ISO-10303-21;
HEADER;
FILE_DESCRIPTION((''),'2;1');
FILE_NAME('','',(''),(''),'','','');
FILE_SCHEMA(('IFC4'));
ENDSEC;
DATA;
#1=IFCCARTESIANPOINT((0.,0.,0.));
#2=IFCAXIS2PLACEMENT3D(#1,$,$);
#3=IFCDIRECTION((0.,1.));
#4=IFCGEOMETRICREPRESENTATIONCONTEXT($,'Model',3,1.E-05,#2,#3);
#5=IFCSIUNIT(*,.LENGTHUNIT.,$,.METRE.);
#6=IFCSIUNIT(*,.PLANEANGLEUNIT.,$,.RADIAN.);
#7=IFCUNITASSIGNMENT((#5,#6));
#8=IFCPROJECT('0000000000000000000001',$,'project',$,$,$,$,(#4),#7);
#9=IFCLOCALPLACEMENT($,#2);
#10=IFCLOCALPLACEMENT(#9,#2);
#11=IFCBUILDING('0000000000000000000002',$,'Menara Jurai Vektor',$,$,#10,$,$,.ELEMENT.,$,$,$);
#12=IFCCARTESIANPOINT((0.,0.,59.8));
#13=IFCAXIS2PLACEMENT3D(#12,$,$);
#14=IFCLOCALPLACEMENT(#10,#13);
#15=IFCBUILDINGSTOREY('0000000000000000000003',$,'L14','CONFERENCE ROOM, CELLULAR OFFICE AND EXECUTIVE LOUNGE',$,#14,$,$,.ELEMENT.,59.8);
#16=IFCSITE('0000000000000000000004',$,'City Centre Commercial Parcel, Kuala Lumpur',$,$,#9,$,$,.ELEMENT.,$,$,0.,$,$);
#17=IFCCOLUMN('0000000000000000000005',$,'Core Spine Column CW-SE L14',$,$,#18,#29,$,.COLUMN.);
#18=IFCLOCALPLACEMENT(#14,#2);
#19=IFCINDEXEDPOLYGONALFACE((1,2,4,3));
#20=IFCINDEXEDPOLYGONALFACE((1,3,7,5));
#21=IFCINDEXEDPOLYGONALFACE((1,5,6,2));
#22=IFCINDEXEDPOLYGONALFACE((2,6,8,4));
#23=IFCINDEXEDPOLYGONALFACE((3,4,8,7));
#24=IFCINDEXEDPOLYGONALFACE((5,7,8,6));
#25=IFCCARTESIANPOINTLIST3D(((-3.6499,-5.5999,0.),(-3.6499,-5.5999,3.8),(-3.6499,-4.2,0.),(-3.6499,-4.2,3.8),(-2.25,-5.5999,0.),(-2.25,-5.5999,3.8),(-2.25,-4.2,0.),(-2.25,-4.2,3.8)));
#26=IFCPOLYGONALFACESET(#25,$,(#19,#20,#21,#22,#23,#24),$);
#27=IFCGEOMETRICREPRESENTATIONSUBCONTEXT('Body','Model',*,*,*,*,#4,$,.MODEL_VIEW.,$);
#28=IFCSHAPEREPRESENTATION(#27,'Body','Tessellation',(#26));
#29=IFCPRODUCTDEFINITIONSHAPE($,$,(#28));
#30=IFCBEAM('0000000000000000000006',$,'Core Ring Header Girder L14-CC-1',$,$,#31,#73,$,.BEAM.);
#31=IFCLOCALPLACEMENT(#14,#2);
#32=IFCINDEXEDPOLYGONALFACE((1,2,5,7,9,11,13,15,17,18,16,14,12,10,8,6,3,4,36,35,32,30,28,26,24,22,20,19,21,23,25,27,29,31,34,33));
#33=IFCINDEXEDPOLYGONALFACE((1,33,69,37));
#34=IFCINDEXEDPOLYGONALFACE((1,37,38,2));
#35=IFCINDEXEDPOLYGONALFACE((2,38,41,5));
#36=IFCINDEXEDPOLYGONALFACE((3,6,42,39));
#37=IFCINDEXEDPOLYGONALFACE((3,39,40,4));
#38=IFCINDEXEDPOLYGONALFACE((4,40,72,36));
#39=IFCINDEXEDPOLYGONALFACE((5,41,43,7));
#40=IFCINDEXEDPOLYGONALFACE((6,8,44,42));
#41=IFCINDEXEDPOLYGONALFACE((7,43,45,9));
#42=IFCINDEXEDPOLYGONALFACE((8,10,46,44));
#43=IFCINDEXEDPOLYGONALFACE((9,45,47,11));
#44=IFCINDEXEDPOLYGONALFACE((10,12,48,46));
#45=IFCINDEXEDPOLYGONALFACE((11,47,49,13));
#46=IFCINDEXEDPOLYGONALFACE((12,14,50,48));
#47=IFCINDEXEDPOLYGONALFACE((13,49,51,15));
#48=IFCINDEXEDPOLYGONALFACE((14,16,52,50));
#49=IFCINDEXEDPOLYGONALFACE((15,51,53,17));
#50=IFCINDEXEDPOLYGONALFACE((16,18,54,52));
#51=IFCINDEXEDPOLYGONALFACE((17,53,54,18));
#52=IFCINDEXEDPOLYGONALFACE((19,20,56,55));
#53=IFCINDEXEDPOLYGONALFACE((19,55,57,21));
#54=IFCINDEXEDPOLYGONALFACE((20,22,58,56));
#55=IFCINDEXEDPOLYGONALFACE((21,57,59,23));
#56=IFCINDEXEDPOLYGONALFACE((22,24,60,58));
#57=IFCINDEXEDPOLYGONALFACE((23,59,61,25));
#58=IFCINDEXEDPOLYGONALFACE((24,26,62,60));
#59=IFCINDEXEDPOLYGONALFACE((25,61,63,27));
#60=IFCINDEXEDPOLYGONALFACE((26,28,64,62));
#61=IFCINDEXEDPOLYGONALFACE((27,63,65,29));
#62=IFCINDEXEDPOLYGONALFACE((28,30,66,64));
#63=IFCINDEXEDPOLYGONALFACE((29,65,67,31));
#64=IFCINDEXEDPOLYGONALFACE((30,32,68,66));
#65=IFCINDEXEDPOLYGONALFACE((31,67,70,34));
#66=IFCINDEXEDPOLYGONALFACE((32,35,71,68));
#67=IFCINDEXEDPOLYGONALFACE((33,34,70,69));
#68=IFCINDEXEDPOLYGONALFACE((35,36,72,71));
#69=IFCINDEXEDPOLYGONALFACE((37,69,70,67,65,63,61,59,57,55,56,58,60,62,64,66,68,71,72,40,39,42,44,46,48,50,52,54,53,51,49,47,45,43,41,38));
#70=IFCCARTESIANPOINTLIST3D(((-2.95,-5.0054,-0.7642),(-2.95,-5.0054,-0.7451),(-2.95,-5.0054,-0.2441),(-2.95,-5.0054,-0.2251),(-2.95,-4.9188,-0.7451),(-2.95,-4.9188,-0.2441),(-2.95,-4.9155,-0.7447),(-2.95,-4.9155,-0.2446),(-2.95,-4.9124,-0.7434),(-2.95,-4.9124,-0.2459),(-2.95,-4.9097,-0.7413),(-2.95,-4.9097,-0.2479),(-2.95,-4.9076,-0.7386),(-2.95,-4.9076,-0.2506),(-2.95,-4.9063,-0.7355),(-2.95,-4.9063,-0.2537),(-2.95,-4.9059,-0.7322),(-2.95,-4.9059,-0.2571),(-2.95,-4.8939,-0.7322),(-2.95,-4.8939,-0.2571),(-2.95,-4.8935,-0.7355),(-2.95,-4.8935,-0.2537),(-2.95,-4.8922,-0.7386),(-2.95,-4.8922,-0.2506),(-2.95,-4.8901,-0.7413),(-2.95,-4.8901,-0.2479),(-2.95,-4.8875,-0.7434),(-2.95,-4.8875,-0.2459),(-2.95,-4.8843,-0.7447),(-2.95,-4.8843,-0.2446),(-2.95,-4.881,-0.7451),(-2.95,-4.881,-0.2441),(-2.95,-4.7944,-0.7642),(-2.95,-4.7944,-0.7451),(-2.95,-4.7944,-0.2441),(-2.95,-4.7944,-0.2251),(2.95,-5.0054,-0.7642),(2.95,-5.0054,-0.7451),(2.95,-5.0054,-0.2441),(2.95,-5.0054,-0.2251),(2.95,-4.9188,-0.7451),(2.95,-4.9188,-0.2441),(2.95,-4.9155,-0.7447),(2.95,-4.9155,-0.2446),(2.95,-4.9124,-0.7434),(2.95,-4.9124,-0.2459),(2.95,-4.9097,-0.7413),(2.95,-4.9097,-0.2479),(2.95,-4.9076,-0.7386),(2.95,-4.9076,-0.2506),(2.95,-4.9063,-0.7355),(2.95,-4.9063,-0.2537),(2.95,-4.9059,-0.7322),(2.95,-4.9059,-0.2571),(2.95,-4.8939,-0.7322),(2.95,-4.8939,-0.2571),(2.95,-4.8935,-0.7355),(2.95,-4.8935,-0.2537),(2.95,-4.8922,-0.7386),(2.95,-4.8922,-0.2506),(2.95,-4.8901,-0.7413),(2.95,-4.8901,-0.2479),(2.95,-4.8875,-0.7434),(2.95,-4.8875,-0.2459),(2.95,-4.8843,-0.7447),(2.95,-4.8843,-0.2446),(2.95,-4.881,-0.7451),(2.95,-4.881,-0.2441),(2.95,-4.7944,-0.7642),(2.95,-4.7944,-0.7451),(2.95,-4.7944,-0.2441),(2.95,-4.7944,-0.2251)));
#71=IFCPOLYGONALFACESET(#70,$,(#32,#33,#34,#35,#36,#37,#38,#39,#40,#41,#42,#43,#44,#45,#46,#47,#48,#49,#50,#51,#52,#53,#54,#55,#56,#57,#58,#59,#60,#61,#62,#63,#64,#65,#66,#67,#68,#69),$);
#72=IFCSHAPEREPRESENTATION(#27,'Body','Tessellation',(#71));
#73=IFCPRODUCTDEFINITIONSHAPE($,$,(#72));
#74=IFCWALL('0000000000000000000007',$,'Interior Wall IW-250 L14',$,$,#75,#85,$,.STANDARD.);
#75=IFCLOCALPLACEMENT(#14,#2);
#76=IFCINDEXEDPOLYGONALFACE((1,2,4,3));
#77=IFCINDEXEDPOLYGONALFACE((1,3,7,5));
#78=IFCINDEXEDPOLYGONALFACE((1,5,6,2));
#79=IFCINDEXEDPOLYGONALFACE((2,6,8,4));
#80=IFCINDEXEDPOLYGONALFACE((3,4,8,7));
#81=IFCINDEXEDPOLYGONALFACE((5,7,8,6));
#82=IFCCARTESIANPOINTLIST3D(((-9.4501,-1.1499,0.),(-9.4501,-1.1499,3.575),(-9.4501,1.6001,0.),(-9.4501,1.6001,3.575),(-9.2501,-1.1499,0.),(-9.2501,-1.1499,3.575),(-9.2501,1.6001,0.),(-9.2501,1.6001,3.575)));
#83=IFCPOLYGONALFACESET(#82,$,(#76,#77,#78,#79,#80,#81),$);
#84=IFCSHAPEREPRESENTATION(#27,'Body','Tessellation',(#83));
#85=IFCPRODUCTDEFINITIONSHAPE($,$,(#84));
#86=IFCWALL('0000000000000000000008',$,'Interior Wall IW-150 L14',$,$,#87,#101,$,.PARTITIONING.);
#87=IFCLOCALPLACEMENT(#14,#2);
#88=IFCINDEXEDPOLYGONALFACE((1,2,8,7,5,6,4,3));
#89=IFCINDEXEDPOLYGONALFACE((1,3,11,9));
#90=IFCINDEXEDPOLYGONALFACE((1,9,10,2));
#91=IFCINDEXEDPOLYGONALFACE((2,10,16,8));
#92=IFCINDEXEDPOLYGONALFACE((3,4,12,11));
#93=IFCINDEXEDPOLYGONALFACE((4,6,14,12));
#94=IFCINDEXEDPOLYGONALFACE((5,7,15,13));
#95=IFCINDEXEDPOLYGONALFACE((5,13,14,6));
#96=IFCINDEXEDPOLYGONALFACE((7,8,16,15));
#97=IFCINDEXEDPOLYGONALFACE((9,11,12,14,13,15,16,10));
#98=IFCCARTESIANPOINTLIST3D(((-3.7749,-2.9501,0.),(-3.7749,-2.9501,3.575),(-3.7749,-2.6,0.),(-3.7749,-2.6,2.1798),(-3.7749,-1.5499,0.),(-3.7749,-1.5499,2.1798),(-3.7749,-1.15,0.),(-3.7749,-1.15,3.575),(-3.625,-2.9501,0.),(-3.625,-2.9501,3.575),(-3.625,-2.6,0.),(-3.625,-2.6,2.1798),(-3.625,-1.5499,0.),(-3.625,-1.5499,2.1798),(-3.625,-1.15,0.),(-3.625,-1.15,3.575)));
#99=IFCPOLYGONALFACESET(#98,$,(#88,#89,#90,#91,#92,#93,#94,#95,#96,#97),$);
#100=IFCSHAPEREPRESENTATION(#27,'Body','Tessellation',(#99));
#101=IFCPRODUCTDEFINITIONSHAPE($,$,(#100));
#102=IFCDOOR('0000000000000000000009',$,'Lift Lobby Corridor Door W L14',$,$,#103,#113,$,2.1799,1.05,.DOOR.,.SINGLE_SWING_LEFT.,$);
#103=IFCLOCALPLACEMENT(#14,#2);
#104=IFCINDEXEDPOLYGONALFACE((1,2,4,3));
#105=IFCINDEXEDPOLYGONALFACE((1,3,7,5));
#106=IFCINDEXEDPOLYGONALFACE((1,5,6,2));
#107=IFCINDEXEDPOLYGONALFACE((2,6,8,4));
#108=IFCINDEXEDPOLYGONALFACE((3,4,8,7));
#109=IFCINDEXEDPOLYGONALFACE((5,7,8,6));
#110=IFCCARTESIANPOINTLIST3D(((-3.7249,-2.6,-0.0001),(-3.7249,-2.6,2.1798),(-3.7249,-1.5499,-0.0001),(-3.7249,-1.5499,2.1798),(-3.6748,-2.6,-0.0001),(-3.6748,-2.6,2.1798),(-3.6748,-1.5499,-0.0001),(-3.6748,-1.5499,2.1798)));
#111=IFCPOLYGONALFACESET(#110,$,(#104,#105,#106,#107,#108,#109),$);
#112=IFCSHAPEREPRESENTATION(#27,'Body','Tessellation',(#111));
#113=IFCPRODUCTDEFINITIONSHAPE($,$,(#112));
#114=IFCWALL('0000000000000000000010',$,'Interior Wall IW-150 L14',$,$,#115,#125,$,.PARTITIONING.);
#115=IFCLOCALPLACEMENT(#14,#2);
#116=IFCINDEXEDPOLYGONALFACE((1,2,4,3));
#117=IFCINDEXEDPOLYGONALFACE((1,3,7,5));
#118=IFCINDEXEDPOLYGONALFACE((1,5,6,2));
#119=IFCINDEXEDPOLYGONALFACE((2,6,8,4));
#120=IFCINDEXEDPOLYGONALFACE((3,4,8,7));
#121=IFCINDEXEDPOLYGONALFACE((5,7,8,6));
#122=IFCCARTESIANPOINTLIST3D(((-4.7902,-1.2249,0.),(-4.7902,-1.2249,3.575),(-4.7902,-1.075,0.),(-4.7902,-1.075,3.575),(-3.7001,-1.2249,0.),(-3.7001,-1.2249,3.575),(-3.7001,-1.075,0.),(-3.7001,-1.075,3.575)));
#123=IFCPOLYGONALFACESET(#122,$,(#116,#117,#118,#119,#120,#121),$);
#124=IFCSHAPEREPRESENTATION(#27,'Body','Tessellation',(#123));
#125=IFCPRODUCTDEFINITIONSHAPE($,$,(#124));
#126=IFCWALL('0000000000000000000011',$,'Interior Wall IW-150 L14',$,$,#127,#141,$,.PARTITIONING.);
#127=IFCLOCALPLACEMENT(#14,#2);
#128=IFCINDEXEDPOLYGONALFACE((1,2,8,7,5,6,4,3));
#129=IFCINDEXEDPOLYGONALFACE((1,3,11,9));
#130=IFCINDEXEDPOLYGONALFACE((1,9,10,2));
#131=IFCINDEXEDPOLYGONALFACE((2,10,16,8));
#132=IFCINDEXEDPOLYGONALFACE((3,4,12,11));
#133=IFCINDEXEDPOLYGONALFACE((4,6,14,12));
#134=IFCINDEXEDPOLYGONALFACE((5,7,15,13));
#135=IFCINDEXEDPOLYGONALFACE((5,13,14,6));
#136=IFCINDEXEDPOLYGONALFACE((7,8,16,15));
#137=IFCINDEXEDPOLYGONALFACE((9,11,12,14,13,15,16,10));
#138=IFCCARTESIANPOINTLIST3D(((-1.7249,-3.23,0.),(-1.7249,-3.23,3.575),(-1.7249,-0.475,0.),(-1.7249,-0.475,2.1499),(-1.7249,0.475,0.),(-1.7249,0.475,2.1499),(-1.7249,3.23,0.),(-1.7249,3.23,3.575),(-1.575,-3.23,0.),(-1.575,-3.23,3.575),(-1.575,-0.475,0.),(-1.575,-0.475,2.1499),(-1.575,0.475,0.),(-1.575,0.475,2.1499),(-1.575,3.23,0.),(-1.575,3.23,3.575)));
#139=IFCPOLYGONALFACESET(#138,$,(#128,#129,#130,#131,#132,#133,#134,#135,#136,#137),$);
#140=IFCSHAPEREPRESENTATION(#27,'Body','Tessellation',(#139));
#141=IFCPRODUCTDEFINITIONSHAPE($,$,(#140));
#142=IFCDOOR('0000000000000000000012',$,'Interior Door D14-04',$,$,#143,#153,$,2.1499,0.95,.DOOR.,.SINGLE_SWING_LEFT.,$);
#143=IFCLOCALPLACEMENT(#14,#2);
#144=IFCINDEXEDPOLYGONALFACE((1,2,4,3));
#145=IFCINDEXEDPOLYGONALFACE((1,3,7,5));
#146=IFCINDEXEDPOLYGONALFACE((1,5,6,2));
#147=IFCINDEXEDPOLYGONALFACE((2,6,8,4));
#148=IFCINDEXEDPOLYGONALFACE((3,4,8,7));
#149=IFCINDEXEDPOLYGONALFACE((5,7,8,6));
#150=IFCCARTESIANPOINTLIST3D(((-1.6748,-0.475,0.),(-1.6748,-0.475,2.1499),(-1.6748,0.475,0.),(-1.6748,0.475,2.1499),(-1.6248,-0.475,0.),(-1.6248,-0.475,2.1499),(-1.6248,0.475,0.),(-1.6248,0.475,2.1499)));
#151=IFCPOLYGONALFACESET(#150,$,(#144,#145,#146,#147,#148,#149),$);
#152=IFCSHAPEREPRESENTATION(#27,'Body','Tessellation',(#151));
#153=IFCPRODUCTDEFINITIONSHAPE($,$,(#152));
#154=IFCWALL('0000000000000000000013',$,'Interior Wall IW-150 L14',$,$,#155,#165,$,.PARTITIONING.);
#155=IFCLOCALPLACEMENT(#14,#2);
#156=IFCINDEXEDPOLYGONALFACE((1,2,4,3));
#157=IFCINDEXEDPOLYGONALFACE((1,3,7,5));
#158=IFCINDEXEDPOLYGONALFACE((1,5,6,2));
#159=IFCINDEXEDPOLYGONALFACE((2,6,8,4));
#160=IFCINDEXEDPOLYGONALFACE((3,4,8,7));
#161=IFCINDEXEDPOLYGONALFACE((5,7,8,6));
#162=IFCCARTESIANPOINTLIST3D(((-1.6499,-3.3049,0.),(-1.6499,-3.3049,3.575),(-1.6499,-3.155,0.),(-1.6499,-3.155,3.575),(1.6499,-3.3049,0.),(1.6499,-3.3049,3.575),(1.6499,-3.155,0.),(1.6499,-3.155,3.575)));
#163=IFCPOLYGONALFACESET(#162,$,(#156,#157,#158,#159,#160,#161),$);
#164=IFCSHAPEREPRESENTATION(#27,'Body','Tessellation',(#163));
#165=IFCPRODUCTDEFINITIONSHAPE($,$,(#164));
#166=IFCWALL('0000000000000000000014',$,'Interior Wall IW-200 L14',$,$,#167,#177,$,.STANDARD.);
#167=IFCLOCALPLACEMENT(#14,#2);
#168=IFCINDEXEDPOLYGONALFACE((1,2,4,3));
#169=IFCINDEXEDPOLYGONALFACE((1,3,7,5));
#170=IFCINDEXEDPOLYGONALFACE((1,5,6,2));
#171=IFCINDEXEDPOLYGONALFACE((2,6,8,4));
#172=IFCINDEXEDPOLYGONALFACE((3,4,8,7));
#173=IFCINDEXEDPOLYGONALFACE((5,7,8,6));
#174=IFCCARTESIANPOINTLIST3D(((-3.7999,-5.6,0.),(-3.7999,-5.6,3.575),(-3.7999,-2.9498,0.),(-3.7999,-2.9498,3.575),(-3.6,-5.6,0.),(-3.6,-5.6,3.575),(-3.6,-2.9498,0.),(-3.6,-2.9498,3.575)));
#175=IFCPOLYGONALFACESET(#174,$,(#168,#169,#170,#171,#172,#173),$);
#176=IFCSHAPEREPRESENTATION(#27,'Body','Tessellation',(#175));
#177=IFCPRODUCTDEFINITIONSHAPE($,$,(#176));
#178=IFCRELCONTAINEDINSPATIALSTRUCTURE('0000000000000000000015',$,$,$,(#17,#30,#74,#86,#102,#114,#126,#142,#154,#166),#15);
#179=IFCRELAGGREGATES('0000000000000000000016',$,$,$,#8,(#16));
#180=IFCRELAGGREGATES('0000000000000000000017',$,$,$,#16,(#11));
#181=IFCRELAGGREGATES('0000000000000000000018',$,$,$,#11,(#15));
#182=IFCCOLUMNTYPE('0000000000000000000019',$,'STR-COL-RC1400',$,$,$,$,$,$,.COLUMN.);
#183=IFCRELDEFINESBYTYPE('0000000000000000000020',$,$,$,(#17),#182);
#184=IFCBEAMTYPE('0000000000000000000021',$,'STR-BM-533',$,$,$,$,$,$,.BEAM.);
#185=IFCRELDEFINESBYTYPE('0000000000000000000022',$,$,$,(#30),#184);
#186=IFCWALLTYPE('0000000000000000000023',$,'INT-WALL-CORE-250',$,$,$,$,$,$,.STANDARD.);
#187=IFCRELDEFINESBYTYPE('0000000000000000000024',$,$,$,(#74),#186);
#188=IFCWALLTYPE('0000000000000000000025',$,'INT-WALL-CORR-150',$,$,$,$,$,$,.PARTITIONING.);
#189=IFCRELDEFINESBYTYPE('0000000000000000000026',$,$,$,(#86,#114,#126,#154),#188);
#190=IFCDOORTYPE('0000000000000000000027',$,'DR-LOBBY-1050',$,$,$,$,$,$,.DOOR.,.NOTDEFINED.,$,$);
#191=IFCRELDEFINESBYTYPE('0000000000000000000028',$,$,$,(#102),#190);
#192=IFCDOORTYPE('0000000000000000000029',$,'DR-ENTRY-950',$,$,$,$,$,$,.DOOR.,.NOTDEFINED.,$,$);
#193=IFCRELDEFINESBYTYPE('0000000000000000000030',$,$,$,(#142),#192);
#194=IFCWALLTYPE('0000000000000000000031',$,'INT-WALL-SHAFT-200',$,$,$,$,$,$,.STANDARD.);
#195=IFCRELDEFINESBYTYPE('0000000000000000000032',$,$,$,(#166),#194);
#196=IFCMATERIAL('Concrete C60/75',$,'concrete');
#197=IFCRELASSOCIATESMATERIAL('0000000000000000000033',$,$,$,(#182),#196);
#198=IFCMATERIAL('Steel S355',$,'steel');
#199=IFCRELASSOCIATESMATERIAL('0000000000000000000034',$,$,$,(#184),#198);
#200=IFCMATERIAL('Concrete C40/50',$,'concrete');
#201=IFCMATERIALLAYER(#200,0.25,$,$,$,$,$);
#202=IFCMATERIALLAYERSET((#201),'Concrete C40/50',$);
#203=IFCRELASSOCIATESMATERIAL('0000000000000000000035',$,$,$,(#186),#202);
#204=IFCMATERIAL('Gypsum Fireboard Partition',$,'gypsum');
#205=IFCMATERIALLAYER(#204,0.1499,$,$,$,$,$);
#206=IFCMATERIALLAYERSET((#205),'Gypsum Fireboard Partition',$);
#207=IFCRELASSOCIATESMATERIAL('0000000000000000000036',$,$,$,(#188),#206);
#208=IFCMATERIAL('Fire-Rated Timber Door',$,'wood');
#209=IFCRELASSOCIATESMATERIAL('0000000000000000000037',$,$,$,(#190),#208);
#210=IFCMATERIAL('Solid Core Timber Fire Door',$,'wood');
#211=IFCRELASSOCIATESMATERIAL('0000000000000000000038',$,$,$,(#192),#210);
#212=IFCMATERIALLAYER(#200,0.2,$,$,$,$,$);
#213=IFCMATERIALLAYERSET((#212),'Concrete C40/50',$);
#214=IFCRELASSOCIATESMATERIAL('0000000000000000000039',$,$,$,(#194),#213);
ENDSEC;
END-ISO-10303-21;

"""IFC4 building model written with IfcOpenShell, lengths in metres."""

from ifc_helpers import new_model, si_unit, direction, frame, frame_2d, origin, origin_2d, place, context, subcontext, project, spatial, rectangle, i_section, extrude, material, layer, layer_set, material_profile, profile_set, type_object, element, fill, save


model = new_model("IFC4")

# Units and contexts
model_context = context("Model", 3, precision=1e-05, world=origin(), true_north=direction((0.0, 1.0)))
body_context = subcontext(model_context, "Body", "Model", "MODEL_VIEW")
ifc_project = project(units=[si_unit("LENGTHUNIT", "METRE"), si_unit("PLANEANGLEUNIT", "RADIAN")], contexts=[model_context])

# Site, building, storey
site_placement = place(None, origin())
site = spatial("IfcSite", under=ifc_project, at=site_placement, Name="City Centre Commercial Parcel, Kuala Lumpur", CompositionType="ELEMENT", RefElevation=0.0)
building_placement = place(site_placement, origin())
building = spatial("IfcBuilding", under=site, at=building_placement, Name="Menara Jurai Vektor", CompositionType="ELEMENT")
storey_placement = place(building_placement, frame((0.0, 0.0, 59.8)))
storey = spatial("IfcBuildingStorey", under=building, at=storey_placement, Name="L14", Description="CONFERENCE ROOM, CELLULAR OFFICE AND EXECUTIVE LOUNGE", CompositionType="ELEMENT", Elevation=59.8)

# Column
ifc_material_1 = material(Name="Concrete C60/75", Category="concrete")
ifc_material_profile_1 = material_profile(ifc_material_1, rectangle(XDim=1.3999, YDim=1.3999, at=origin_2d()), Name="RC 1400x1400")
ifc_profile_set_1 = profile_set([ifc_material_profile_1], Name="Concrete C60/75")
column_type = type_object("IfcColumnType", Name="STR-COL-RC1400", PredefinedType="COLUMN", material=ifc_profile_set_1)
column_placement = place(storey_placement, frame((-2.95, -4.8999, 0.0), z_axis=(0.0, 0.0, 1.0), x_axis=(1.0, 0.0, 0.0)))
element("IfcColumn", 1, at=column_placement, inside=storey, type_object=column_type, Name="Core Spine Column CW-SE L14", PredefinedType="COLUMN", context=body_context, shape_type="SweptSolid", body=[
    extrude(rectangle(XDim=1.3999, YDim=1.3999, at=origin_2d()), origin(), (0.0, 0.0, 1.0), 3.8),
])

# Beam
ifc_material_2 = material(Name="Steel S355", Category="steel")
ifc_material_profile_2 = material_profile(ifc_material_2, i_section(OverallWidth=0.2109, OverallDepth=0.5391, WebThickness=0.012, FlangeThickness=0.019, FilletRadius=0.0129, at=origin_2d()), Name="UKB 533x210x109")
ifc_profile_set_2 = profile_set([ifc_material_profile_2], Name="Steel S355")
beam_type = type_object("IfcBeamType", Name="STR-BM-533", PredefinedType="BEAM", material=ifc_profile_set_2)
beam_placement = place(storey_placement, frame((-2.95, -4.8999, -0.4946), z_axis=(1.0, 0.0, 0.0), x_axis=(0.0, 1.0, 0.0)))
element("IfcBeam", 2, at=beam_placement, inside=storey, type_object=beam_type, Name="Core Ring Header Girder L14-CC-1", PredefinedType="BEAM", context=body_context, shape_type="SweptSolid", body=[
    extrude(i_section(OverallWidth=0.2109, OverallDepth=0.5391, WebThickness=0.012, FlangeThickness=0.019, FilletRadius=0.0129, at=origin_2d()), origin(), (0.0, 0.0, 1.0), 5.8999),
])

# Wall
ifc_material_3 = material(Name="Concrete C40/50", Category="concrete")
ifc_layer_1 = layer(ifc_material_3, 0.25)
ifc_layer_set_1 = layer_set([ifc_layer_1], Name="Concrete C40/50")
wall_type_1 = type_object("IfcWallType", Name="INT-WALL-CORE-250", PredefinedType="STANDARD", material=ifc_layer_set_1)
wall_1_placement = place(storey_placement, frame((-9.3501, -1.1499, 0.0), z_axis=(0.0, 0.0, 1.0), x_axis=(0.0, 1.0, 0.0)))
element("IfcWall", 3, at=wall_1_placement, inside=storey, type_object=wall_type_1, Name="Interior Wall IW-250 L14", PredefinedType="STANDARD", context=body_context, shape_type="SweptSolid", body=[
    extrude(rectangle(XDim=2.75, YDim=0.2, at=frame_2d((1.375, 0.0))), origin(), (0.0, 0.0, 1.0), 3.575),
])

# Wall, opening, door
ifc_material_4 = material(Name="Gypsum Fireboard Partition", Category="gypsum")
ifc_layer_2 = layer(ifc_material_4, 0.1499)
ifc_layer_set_2 = layer_set([ifc_layer_2], Name="Gypsum Fireboard Partition")
wall_type_2 = type_object("IfcWallType", Name="INT-WALL-CORR-150", PredefinedType="PARTITIONING", material=ifc_layer_set_2)
wall_2_placement = place(storey_placement, frame((-3.7, -2.95, 0.0), z_axis=(0.0, 0.0, 1.0), x_axis=(0.0, 1.0, 0.0)))
wall_2 = element("IfcWall", 4, at=wall_2_placement, inside=storey, type_object=wall_type_2, Name="Interior Wall IW-150 L14", PredefinedType="PARTITIONING", context=body_context, shape_type="SweptSolid", body=[
    extrude(rectangle(XDim=1.8, YDim=0.1499, at=frame_2d((0.8999, 0.0))), origin(), (0.0, 0.0, 1.0), 3.575),
])
opening_1_placement = place(wall_2_placement, frame((0.3501, 0.0, 0.0)))
opening_1 = element("IfcOpeningElement", 5, at=opening_1_placement, cuts=wall_2, PredefinedType="OPENING", context=body_context, shape_type="SweptSolid", body=[
    extrude(rectangle(XDim=1.05, YDim=2.1799, at=frame_2d((0.5249, 1.0898))), frame((0.0, 0.085, 0.0), z_axis=(0.0, -1.0, 0.0), x_axis=(1.0, 0.0, 0.0)), (0.0, 0.0, 1.0), 0.1699),
])
ifc_material_5 = material(Name="Fire-Rated Timber Door", Category="wood")
door_type_1 = type_object("IfcDoorType", Name="DR-LOBBY-1050", OperationType="NOTDEFINED", PredefinedType="DOOR", material=ifc_material_5)
door_1_placement = place(opening_1_placement, origin())
door_1 = element("IfcDoor", 6, at=door_1_placement, inside=storey, type_object=door_type_1, Name="Lift Lobby Corridor Door W L14", OperationType="SINGLE_SWING_LEFT", OverallHeight=2.1799, OverallWidth=1.05, PredefinedType="DOOR", context=body_context, shape_type="SweptSolid", body=[
    extrude(rectangle(XDim=1.05, YDim=2.1799, at=frame_2d((0.5249, 1.0898))), frame((0.0, 0.0249, 0.0), z_axis=(0.0, -1.0, 0.0), x_axis=(1.0, 0.0, 0.0)), (0.0, 0.0, 1.0), 0.05),
])
fill(opening_1, door_1)

# Wall
wall_3_placement = place(storey_placement, frame((-4.79, -1.1499, 0.0), z_axis=(0.0, 0.0, 1.0), x_axis=(1.0, 0.0, 0.0)))
element("IfcWall", 7, at=wall_3_placement, inside=storey, type_object=wall_type_2, Name="Interior Wall IW-150 L14", PredefinedType="PARTITIONING", context=body_context, shape_type="SweptSolid", body=[
    extrude(rectangle(XDim=1.0901, YDim=0.1499, at=frame_2d((0.5449, 0.0))), origin(), (0.0, 0.0, 1.0), 3.575),
])

# Wall, opening, door
wall_4_placement = place(storey_placement, frame((-1.6499, -3.23, 0.0), z_axis=(0.0, 0.0, 1.0), x_axis=(0.0, 1.0, 0.0)))
wall_4 = element("IfcWall", 8, at=wall_4_placement, inside=storey, type_object=wall_type_2, Name="Interior Wall IW-150 L14", PredefinedType="PARTITIONING", context=body_context, shape_type="SweptSolid", body=[
    extrude(rectangle(XDim=6.46, YDim=0.1499, at=frame_2d((3.23, 0.0))), origin(), (0.0, 0.0, 1.0), 3.575),
])
opening_2_placement = place(wall_4_placement, frame((2.7549, 0.0, 0.0)))
opening_2 = element("IfcOpeningElement", 9, at=opening_2_placement, cuts=wall_4, PredefinedType="OPENING", context=body_context, shape_type="SweptSolid", body=[
    extrude(rectangle(XDim=0.95, YDim=2.1499, at=frame_2d((0.4751, 1.075))), frame((0.0, 0.085, 0.0), z_axis=(0.0, -1.0, 0.0), x_axis=(1.0, 0.0, 0.0)), (0.0, 0.0, 1.0), 0.1699),
])
ifc_material_6 = material(Name="Solid Core Timber Fire Door", Category="wood")
door_type_2 = type_object("IfcDoorType", Name="DR-ENTRY-950", OperationType="NOTDEFINED", PredefinedType="DOOR", material=ifc_material_6)
door_2_placement = place(opening_2_placement, origin())
door_2 = element("IfcDoor", 10, at=door_2_placement, inside=storey, type_object=door_type_2, Name="Interior Door D14-04", OperationType="SINGLE_SWING_LEFT", OverallHeight=2.1499, OverallWidth=0.95, PredefinedType="DOOR", context=body_context, shape_type="SweptSolid", body=[
    extrude(rectangle(XDim=0.95, YDim=2.1499, at=frame_2d((0.4751, 1.075))), frame((0.0, 0.0249, 0.0), z_axis=(0.0, -1.0, 0.0), x_axis=(1.0, 0.0, 0.0)), (0.0, 0.0, 1.0), 0.05),
])
fill(opening_2, door_2)

# Wall
wall_5_placement = place(storey_placement, frame((-1.6499, -3.23, 0.0), z_axis=(0.0, 0.0, 1.0), x_axis=(1.0, 0.0, 0.0)))
element("IfcWall", 11, at=wall_5_placement, inside=storey, type_object=wall_type_2, Name="Interior Wall IW-150 L14", PredefinedType="PARTITIONING", context=body_context, shape_type="SweptSolid", body=[
    extrude(rectangle(XDim=3.2998, YDim=0.1499, at=frame_2d((1.6499, 0.0))), origin(), (0.0, 0.0, 1.0), 3.575),
])

# Shared definitions
ifc_layer_3 = layer(ifc_material_3, 0.2)
ifc_layer_set_3 = layer_set([ifc_layer_3], Name="Concrete C40/50")
wall_type_3 = type_object("IfcWallType", Name="INT-WALL-SHAFT-200", PredefinedType="STANDARD", material=ifc_layer_set_3)

# Wall
wall_6_placement = place(storey_placement, frame((-3.7, -5.6001, 0.0), z_axis=(0.0, 0.0, 1.0), x_axis=(0.0, 1.0, 0.0)))
element("IfcWall", 12, at=wall_6_placement, inside=storey, type_object=wall_type_3, Name="Interior Wall IW-200 L14", PredefinedType="STANDARD", context=body_context, shape_type="SweptSolid", body=[
    extrude(rectangle(XDim=2.6501, YDim=0.2, at=frame_2d((1.3252, 0.0))), origin(), (0.0, 0.0, 1.0), 3.575),
])

save(model, "model.ifc")
